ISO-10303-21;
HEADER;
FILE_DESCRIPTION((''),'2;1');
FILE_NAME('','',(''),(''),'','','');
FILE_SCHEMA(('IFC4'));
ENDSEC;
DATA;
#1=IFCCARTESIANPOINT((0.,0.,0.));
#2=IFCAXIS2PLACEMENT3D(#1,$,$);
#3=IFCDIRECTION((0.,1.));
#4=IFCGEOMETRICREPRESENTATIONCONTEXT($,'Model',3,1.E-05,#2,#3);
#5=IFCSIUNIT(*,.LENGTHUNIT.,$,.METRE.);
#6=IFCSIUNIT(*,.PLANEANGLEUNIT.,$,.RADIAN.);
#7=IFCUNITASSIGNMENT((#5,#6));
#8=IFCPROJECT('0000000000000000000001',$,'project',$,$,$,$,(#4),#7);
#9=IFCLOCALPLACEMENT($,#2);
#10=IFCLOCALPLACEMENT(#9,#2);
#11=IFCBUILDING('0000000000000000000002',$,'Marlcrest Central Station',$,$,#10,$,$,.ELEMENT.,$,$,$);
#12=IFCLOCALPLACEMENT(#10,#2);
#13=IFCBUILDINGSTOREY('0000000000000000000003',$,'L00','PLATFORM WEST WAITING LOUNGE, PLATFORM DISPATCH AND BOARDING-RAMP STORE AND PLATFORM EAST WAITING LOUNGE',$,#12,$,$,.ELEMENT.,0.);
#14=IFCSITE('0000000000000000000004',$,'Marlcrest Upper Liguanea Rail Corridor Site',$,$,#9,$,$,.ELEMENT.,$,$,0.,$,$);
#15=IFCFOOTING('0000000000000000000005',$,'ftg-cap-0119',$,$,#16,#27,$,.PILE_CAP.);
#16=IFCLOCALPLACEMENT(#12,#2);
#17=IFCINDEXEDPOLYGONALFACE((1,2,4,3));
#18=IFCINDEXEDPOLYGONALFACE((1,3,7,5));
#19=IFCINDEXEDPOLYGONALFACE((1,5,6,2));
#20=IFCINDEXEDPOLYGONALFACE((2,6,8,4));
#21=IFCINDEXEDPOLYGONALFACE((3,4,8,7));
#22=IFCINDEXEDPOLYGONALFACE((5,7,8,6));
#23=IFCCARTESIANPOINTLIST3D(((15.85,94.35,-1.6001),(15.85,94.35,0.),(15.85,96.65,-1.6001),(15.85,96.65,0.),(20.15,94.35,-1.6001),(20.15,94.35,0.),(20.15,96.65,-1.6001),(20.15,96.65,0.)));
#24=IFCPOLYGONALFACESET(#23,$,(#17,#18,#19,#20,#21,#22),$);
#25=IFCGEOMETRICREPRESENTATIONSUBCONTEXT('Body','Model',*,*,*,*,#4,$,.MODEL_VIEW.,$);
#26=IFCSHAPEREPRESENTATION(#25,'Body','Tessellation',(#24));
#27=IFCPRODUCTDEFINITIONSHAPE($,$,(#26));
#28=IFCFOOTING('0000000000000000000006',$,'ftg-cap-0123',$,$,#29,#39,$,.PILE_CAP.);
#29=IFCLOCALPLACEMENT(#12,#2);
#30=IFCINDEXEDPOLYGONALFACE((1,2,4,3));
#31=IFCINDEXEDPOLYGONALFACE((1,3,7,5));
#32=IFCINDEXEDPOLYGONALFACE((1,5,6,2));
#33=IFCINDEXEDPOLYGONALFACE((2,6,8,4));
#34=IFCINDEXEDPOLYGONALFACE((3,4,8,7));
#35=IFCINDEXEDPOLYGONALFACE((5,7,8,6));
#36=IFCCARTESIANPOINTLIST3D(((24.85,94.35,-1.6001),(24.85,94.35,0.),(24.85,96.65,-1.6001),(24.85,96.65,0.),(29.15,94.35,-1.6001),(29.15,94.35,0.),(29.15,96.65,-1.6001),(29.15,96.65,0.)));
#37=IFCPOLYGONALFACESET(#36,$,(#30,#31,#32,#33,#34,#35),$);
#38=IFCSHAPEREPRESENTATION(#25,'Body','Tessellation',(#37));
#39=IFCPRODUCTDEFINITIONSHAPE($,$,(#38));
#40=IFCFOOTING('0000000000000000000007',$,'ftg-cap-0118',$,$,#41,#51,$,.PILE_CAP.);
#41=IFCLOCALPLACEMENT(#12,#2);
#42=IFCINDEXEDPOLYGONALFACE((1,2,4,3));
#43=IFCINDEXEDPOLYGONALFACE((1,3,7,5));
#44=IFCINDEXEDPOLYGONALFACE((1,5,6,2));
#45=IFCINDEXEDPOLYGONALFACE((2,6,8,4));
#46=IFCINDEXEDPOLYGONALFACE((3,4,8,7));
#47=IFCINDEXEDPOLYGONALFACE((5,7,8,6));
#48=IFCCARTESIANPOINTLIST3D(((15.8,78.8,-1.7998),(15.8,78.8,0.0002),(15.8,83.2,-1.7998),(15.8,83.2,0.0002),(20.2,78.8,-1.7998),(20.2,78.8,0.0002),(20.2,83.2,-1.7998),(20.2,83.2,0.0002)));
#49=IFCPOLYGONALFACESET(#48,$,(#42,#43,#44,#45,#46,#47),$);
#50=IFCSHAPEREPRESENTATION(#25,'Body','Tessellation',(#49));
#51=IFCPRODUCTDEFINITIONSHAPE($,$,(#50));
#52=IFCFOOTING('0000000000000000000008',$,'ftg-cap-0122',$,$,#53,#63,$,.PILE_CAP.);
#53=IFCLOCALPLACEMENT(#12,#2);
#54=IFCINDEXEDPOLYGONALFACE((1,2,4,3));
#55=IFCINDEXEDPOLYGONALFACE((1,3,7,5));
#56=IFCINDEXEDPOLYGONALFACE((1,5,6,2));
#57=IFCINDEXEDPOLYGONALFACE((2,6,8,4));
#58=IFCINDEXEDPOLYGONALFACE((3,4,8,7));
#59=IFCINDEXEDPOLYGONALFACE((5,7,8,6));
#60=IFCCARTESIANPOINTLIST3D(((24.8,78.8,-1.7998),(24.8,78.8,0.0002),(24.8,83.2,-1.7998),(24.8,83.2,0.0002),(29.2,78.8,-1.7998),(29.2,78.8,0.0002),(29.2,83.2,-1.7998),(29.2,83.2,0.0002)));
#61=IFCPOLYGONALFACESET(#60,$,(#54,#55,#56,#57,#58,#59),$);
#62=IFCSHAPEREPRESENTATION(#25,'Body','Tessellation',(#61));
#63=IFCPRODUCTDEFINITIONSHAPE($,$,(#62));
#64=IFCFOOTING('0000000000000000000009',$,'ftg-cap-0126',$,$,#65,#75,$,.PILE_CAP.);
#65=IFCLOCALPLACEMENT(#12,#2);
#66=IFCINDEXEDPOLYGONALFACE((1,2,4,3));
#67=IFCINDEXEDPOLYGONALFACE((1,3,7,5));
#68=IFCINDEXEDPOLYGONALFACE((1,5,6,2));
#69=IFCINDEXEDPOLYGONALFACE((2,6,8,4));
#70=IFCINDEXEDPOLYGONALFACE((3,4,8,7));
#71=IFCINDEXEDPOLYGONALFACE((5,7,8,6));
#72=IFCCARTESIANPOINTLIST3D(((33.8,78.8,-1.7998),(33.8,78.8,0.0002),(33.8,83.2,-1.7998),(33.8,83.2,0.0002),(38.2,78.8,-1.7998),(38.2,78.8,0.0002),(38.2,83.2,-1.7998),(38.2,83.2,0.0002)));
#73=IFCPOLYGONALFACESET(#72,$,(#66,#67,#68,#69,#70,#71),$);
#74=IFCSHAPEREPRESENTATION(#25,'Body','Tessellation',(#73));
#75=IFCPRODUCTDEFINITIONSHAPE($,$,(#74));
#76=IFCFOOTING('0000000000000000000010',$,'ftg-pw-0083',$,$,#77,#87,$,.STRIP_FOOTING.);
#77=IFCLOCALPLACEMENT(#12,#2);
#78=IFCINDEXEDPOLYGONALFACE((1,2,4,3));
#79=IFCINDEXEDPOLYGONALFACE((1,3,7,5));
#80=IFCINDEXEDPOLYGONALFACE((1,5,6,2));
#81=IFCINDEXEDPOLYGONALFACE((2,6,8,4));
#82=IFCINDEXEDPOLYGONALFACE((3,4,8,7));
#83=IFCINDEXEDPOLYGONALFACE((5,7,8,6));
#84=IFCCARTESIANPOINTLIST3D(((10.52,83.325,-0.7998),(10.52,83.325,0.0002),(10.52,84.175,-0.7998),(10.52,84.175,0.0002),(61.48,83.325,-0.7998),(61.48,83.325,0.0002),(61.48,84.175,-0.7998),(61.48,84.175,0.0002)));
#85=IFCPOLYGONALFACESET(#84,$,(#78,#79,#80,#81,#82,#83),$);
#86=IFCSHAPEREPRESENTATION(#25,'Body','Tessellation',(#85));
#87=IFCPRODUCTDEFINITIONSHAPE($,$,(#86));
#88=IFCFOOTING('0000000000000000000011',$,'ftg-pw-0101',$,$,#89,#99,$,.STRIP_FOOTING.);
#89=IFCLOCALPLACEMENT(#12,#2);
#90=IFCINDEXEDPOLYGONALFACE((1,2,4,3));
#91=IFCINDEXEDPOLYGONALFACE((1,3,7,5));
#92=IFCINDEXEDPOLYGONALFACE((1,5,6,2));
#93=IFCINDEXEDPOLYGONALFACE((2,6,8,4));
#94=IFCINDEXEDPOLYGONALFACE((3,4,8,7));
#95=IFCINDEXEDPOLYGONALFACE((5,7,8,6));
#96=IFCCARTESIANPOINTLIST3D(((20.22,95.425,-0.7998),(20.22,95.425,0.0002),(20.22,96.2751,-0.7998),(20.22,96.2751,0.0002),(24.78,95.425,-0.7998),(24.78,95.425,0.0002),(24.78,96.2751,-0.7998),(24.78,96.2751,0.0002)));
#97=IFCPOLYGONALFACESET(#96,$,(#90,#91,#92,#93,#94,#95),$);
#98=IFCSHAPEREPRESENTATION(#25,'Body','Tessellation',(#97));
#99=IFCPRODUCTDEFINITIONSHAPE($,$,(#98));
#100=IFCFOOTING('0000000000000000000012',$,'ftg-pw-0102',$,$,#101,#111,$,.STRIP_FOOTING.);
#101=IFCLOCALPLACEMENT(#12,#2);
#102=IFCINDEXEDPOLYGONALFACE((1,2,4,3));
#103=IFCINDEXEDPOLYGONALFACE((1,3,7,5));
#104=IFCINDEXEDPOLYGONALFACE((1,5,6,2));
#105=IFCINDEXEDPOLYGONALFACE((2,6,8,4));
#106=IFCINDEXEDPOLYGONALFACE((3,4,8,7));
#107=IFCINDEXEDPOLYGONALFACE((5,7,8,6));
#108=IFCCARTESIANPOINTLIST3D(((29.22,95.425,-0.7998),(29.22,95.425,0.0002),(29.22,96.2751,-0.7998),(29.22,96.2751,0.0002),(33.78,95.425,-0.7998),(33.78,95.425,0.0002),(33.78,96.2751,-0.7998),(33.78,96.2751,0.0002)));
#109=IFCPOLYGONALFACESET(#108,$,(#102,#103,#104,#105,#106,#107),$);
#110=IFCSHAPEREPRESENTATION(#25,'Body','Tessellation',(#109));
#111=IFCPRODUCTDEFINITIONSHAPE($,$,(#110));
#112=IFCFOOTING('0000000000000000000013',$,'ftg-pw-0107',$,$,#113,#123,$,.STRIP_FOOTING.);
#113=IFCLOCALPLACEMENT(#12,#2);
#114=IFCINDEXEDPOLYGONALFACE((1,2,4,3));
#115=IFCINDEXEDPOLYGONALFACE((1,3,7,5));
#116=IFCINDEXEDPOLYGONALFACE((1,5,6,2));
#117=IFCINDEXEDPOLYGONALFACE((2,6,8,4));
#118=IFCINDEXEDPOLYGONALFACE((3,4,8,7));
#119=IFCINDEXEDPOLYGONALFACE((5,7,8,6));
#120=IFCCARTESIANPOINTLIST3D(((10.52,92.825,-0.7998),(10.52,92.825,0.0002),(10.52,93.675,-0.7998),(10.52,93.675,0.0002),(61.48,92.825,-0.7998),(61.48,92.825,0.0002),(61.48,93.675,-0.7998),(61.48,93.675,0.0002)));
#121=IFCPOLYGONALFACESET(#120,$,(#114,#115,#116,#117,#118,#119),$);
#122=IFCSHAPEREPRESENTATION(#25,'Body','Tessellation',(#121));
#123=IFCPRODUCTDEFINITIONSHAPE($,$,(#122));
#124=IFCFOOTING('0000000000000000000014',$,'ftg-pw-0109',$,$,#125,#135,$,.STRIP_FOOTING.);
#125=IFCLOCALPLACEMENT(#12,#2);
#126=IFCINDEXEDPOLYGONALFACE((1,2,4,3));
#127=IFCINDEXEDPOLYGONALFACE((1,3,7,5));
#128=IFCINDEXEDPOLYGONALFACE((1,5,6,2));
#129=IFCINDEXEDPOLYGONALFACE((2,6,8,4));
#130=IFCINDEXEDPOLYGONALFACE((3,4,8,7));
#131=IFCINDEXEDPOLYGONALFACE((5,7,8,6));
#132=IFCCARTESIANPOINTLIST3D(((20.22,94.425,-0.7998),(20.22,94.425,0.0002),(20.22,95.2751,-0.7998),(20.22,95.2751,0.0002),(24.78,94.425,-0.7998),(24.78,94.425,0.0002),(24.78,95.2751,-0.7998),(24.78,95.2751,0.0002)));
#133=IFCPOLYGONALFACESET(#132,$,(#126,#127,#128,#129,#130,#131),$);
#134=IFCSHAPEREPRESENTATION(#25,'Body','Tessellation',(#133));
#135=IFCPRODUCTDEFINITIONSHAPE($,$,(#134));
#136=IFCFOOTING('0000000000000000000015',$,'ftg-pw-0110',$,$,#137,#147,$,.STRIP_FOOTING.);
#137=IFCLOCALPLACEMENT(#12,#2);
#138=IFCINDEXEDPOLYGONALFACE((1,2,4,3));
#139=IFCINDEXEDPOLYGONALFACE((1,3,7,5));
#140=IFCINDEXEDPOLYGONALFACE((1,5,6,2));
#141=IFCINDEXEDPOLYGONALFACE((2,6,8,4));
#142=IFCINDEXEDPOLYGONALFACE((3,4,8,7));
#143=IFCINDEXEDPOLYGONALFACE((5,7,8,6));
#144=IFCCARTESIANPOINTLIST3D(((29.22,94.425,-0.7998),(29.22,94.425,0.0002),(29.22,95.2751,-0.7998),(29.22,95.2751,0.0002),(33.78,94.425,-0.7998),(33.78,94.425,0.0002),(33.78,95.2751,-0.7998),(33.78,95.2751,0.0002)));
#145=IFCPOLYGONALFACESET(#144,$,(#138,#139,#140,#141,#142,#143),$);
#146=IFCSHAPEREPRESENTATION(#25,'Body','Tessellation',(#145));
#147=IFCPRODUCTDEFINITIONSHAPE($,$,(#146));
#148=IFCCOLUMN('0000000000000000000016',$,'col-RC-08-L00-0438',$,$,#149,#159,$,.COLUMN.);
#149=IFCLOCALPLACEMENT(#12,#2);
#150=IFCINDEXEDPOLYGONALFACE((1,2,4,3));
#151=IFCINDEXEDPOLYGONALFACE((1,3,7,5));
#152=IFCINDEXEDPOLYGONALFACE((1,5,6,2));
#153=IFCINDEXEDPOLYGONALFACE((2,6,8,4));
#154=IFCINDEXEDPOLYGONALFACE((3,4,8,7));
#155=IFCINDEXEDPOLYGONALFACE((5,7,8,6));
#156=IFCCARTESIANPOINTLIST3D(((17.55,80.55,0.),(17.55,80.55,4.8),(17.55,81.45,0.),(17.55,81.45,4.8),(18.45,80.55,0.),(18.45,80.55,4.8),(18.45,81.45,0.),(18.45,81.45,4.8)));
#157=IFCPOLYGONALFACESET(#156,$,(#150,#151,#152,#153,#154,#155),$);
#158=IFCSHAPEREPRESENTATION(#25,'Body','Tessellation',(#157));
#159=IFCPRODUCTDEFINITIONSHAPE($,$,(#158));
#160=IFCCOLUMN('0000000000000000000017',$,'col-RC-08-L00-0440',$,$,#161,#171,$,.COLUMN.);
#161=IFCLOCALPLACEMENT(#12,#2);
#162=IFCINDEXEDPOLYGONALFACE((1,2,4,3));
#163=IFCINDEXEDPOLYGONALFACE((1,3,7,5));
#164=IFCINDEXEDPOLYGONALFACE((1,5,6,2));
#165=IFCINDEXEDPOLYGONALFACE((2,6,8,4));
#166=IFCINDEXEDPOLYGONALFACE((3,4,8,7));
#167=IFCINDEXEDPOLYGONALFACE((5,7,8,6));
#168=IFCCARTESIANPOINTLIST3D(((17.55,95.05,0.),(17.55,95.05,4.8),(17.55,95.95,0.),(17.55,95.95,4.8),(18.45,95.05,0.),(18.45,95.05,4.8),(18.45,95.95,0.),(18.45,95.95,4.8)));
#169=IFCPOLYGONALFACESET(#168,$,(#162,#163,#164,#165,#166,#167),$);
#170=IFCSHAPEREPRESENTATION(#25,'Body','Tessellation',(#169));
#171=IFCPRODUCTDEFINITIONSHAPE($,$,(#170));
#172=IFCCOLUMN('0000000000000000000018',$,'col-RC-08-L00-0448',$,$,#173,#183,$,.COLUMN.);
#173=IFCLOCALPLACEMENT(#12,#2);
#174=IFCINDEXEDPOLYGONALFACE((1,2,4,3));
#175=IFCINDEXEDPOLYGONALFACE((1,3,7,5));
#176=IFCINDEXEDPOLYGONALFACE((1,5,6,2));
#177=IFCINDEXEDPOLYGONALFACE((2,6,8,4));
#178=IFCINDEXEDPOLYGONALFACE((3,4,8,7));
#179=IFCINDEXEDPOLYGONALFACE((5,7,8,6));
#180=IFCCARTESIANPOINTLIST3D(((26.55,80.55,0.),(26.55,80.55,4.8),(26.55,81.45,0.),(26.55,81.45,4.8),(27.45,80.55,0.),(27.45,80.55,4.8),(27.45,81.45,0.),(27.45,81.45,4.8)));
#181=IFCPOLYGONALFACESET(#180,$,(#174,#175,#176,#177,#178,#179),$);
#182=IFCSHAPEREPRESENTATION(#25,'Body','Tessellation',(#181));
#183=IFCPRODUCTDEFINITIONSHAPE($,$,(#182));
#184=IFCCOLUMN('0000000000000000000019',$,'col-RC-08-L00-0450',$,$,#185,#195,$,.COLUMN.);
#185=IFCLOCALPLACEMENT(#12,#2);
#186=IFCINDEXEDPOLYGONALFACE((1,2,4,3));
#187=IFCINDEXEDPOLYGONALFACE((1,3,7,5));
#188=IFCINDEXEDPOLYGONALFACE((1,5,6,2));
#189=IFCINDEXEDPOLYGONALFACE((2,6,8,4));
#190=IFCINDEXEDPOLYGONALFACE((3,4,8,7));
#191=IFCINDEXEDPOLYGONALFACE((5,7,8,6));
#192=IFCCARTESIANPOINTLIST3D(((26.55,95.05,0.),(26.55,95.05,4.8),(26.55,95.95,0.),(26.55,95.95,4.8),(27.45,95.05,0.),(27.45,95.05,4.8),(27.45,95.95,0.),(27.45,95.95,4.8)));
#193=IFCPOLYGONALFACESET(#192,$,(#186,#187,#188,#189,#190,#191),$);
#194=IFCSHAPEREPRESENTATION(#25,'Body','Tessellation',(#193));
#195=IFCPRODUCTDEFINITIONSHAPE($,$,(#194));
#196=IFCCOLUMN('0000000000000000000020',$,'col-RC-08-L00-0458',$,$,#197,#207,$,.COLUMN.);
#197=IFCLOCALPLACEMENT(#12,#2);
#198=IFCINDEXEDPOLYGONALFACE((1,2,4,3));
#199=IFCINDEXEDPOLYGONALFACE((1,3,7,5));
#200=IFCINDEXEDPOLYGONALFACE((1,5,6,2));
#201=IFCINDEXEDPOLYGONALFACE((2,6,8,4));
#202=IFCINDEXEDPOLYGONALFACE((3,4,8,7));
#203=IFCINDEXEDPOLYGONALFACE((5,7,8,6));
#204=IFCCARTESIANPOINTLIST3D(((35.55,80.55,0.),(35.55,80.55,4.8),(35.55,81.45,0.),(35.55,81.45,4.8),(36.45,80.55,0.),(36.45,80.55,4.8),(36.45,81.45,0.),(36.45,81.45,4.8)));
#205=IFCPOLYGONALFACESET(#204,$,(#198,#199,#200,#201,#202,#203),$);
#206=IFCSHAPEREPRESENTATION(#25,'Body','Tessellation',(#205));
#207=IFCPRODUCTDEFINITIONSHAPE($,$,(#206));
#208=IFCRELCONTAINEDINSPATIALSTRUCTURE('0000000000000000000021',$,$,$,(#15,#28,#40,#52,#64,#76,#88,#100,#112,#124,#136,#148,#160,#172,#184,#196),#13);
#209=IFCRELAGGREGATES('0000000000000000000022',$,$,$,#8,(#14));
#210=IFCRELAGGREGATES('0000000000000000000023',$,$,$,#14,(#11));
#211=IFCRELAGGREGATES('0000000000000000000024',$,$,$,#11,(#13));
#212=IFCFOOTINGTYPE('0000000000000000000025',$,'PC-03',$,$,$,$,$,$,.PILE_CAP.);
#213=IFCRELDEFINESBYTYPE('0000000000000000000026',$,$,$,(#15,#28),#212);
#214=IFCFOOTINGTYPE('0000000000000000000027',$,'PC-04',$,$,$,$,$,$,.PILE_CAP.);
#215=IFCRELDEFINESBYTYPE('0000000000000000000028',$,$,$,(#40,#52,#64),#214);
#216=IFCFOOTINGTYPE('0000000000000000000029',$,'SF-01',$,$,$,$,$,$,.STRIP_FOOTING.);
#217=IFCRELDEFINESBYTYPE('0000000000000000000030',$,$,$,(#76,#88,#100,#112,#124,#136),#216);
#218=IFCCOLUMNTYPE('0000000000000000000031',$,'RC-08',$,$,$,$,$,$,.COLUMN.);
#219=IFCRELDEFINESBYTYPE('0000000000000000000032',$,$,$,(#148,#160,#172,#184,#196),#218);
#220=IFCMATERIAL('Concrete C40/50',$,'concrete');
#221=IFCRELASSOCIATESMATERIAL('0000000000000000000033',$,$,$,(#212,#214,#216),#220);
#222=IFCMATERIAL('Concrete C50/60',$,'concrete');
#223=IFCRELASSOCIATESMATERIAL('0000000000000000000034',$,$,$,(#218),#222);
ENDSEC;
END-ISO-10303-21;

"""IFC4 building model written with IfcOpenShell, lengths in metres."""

from ifc_helpers import new_model, si_unit, direction, frame, origin, origin_2d, place, context, subcontext, project, spatial, rectangle, extrude, material, material_profile, profile_set, type_object, element, save


model = new_model("IFC4")

# Units and contexts
model_context = context("Model", 3, precision=1e-05, world=origin(), true_north=direction((0.0, 1.0)))
body_context = subcontext(model_context, "Body", "Model", "MODEL_VIEW")
ifc_project = project(units=[si_unit("LENGTHUNIT", "METRE"), si_unit("PLANEANGLEUNIT", "RADIAN")], contexts=[model_context])

# Site, building, storey
site_placement = place(None, origin())
site = spatial("IfcSite", under=ifc_project, at=site_placement, Name="Marlcrest Upper Liguanea Rail Corridor Site", CompositionType="ELEMENT", RefElevation=0.0)
building_placement = place(site_placement, origin())
building = spatial("IfcBuilding", under=site, at=building_placement, Name="Marlcrest Central Station", CompositionType="ELEMENT")
storey_placement = place(building_placement, origin())
storey = spatial("IfcBuildingStorey", under=building, at=storey_placement, Name="L00", Description="PLATFORM WEST WAITING LOUNGE, PLATFORM DISPATCH AND BOARDING-RAMP STORE AND PLATFORM EAST WAITING LOUNGE", CompositionType="ELEMENT", Elevation=0.0)

# Footings
ifc_material_1 = material(Name="Concrete C40/50", Category="concrete")
footing_type_1 = type_object("IfcFootingType", Name="PC-03", PredefinedType="PILE_CAP", material=ifc_material_1)
for number, where, z_axis, x_axis, name in (
    (1, (18.0, 95.5, -1.6001), (0.0, 0.0, 1.0), (1.0, 0.0, 0.0), "ftg-cap-0119"),
    (2, (27.0, 95.5, -1.6001), (0.0, 0.0, 1.0), (1.0, 0.0, 0.0), "ftg-cap-0123"),
):
    element("IfcFooting", number, at=place(storey_placement, frame(where, z_axis=z_axis, x_axis=x_axis)), inside=storey, type_object=footing_type_1, Name=name, PredefinedType="PILE_CAP", context=body_context, shape_type="SweptSolid", body=[
        extrude(rectangle(XDim=4.3, YDim=2.3, at=origin_2d()), origin(), (0.0, 0.0, 1.0), 1.6001),
    ])
footing_type_2 = type_object("IfcFootingType", Name="PC-04", PredefinedType="PILE_CAP", material=ifc_material_1)
for number, where, z_axis, x_axis, name in (
    (3, (18.0, 81.0, -1.7998), (0.0, 0.0, 1.0), (1.0, 0.0, 0.0), "ftg-cap-0118"),
    (4, (27.0, 81.0, -1.7998), (0.0, 0.0, 1.0), (1.0, 0.0, 0.0), "ftg-cap-0122"),
    (5, (36.0, 81.0, -1.7998), (0.0, 0.0, 1.0), (1.0, 0.0, 0.0), "ftg-cap-0126"),
):
    element("IfcFooting", number, at=place(storey_placement, frame(where, z_axis=z_axis, x_axis=x_axis)), inside=storey, type_object=footing_type_2, Name=name, PredefinedType="PILE_CAP", context=body_context, shape_type="SweptSolid", body=[
        extrude(rectangle(XDim=4.3999, YDim=4.3999, at=origin_2d()), origin(), (0.0, 0.0, 1.0), 1.8),
    ])
footing_type_3 = type_object("IfcFootingType", Name="SF-01", PredefinedType="STRIP_FOOTING", material=ifc_material_1)
footing_1_placement = place(storey_placement, frame((36.0, 83.75, -0.7998), z_axis=(0.0, 0.0, 1.0), x_axis=(1.0, 0.0, 0.0)))
element("IfcFooting", 6, at=footing_1_placement, inside=storey, type_object=footing_type_3, Name="ftg-pw-0083", PredefinedType="STRIP_FOOTING", context=body_context, shape_type="SweptSolid", body=[
    extrude(rectangle(XDim=50.96, YDim=0.8501, at=origin_2d()), origin(), (0.0, 0.0, 1.0), 0.8),
])
for number, where, z_axis, x_axis, name in (
    (7, (22.5, 95.8501, -0.7998), (0.0, 0.0, 1.0), (1.0, 0.0, 0.0), "ftg-pw-0101"),
    (8, (31.5, 95.8501, -0.7998), (0.0, 0.0, 1.0), (1.0, 0.0, 0.0), "ftg-pw-0102"),
):
    element("IfcFooting", number, at=place(storey_placement, frame(where, z_axis=z_axis, x_axis=x_axis)), inside=storey, type_object=footing_type_3, Name=name, PredefinedType="STRIP_FOOTING", context=body_context, shape_type="SweptSolid", body=[
        extrude(rectangle(XDim=4.5601, YDim=0.8501, at=origin_2d()), origin(), (0.0, 0.0, 1.0), 0.8),
    ])
footing_2_placement = place(storey_placement, frame((36.0, 93.25, -0.7998), z_axis=(0.0, 0.0, 1.0), x_axis=(1.0, 0.0, 0.0)))
element("IfcFooting", 9, at=footing_2_placement, inside=storey, type_object=footing_type_3, Name="ftg-pw-0107", PredefinedType="STRIP_FOOTING", context=body_context, shape_type="SweptSolid", body=[
    extrude(rectangle(XDim=50.96, YDim=0.8501, at=origin_2d()), origin(), (0.0, 0.0, 1.0), 0.8),
])
for number, where, z_axis, x_axis, name in (
    (10, (22.5, 94.8501, -0.7998), (0.0, 0.0, 1.0), (1.0, 0.0, 0.0), "ftg-pw-0109"),
    (11, (31.5, 94.8501, -0.7998), (0.0, 0.0, 1.0), (1.0, 0.0, 0.0), "ftg-pw-0110"),
):
    element("IfcFooting", number, at=place(storey_placement, frame(where, z_axis=z_axis, x_axis=x_axis)), inside=storey, type_object=footing_type_3, Name=name, PredefinedType="STRIP_FOOTING", context=body_context, shape_type="SweptSolid", body=[
        extrude(rectangle(XDim=4.5601, YDim=0.8501, at=origin_2d()), origin(), (0.0, 0.0, 1.0), 0.8),
    ])

# Columns
ifc_material_2 = material(Name="Concrete C50/60", Category="concrete")
ifc_material_profile_1 = material_profile(ifc_material_2, rectangle(XDim=0.8999, YDim=0.8999, at=origin_2d()), Name="RC 900x900")
ifc_profile_set_1 = profile_set([ifc_material_profile_1], Name="Concrete C50/60")
column_type = type_object("IfcColumnType", Name="RC-08", PredefinedType="COLUMN", material=ifc_profile_set_1)
for number, where, z_axis, x_axis, name in (
    (12, (18.0, 81.0, 0.0), (0.0, 0.0, 1.0), (1.0, 0.0, 0.0), "col-RC-08-L00-0438"),
    (13, (18.0, 95.5, 0.0), (0.0, 0.0, 1.0), (1.0, 0.0, 0.0), "col-RC-08-L00-0440"),
    (14, (27.0, 81.0, 0.0), (0.0, 0.0, 1.0), (1.0, 0.0, 0.0), "col-RC-08-L00-0448"),
    (15, (27.0, 95.5, 0.0), (0.0, 0.0, 1.0), (1.0, 0.0, 0.0), "col-RC-08-L00-0450"),
    (16, (36.0, 81.0, 0.0), (0.0, 0.0, 1.0), (1.0, 0.0, 0.0), "col-RC-08-L00-0458"),
):
    element("IfcColumn", number, at=place(storey_placement, frame(where, z_axis=z_axis, x_axis=x_axis)), inside=storey, type_object=column_type, Name=name, PredefinedType="COLUMN", context=body_context, shape_type="SweptSolid", body=[
        extrude(rectangle(XDim=0.8999, YDim=0.8999, at=origin_2d()), origin(), (0.0, 0.0, 1.0), 4.8),
    ])

save(model, "model.ifc")
